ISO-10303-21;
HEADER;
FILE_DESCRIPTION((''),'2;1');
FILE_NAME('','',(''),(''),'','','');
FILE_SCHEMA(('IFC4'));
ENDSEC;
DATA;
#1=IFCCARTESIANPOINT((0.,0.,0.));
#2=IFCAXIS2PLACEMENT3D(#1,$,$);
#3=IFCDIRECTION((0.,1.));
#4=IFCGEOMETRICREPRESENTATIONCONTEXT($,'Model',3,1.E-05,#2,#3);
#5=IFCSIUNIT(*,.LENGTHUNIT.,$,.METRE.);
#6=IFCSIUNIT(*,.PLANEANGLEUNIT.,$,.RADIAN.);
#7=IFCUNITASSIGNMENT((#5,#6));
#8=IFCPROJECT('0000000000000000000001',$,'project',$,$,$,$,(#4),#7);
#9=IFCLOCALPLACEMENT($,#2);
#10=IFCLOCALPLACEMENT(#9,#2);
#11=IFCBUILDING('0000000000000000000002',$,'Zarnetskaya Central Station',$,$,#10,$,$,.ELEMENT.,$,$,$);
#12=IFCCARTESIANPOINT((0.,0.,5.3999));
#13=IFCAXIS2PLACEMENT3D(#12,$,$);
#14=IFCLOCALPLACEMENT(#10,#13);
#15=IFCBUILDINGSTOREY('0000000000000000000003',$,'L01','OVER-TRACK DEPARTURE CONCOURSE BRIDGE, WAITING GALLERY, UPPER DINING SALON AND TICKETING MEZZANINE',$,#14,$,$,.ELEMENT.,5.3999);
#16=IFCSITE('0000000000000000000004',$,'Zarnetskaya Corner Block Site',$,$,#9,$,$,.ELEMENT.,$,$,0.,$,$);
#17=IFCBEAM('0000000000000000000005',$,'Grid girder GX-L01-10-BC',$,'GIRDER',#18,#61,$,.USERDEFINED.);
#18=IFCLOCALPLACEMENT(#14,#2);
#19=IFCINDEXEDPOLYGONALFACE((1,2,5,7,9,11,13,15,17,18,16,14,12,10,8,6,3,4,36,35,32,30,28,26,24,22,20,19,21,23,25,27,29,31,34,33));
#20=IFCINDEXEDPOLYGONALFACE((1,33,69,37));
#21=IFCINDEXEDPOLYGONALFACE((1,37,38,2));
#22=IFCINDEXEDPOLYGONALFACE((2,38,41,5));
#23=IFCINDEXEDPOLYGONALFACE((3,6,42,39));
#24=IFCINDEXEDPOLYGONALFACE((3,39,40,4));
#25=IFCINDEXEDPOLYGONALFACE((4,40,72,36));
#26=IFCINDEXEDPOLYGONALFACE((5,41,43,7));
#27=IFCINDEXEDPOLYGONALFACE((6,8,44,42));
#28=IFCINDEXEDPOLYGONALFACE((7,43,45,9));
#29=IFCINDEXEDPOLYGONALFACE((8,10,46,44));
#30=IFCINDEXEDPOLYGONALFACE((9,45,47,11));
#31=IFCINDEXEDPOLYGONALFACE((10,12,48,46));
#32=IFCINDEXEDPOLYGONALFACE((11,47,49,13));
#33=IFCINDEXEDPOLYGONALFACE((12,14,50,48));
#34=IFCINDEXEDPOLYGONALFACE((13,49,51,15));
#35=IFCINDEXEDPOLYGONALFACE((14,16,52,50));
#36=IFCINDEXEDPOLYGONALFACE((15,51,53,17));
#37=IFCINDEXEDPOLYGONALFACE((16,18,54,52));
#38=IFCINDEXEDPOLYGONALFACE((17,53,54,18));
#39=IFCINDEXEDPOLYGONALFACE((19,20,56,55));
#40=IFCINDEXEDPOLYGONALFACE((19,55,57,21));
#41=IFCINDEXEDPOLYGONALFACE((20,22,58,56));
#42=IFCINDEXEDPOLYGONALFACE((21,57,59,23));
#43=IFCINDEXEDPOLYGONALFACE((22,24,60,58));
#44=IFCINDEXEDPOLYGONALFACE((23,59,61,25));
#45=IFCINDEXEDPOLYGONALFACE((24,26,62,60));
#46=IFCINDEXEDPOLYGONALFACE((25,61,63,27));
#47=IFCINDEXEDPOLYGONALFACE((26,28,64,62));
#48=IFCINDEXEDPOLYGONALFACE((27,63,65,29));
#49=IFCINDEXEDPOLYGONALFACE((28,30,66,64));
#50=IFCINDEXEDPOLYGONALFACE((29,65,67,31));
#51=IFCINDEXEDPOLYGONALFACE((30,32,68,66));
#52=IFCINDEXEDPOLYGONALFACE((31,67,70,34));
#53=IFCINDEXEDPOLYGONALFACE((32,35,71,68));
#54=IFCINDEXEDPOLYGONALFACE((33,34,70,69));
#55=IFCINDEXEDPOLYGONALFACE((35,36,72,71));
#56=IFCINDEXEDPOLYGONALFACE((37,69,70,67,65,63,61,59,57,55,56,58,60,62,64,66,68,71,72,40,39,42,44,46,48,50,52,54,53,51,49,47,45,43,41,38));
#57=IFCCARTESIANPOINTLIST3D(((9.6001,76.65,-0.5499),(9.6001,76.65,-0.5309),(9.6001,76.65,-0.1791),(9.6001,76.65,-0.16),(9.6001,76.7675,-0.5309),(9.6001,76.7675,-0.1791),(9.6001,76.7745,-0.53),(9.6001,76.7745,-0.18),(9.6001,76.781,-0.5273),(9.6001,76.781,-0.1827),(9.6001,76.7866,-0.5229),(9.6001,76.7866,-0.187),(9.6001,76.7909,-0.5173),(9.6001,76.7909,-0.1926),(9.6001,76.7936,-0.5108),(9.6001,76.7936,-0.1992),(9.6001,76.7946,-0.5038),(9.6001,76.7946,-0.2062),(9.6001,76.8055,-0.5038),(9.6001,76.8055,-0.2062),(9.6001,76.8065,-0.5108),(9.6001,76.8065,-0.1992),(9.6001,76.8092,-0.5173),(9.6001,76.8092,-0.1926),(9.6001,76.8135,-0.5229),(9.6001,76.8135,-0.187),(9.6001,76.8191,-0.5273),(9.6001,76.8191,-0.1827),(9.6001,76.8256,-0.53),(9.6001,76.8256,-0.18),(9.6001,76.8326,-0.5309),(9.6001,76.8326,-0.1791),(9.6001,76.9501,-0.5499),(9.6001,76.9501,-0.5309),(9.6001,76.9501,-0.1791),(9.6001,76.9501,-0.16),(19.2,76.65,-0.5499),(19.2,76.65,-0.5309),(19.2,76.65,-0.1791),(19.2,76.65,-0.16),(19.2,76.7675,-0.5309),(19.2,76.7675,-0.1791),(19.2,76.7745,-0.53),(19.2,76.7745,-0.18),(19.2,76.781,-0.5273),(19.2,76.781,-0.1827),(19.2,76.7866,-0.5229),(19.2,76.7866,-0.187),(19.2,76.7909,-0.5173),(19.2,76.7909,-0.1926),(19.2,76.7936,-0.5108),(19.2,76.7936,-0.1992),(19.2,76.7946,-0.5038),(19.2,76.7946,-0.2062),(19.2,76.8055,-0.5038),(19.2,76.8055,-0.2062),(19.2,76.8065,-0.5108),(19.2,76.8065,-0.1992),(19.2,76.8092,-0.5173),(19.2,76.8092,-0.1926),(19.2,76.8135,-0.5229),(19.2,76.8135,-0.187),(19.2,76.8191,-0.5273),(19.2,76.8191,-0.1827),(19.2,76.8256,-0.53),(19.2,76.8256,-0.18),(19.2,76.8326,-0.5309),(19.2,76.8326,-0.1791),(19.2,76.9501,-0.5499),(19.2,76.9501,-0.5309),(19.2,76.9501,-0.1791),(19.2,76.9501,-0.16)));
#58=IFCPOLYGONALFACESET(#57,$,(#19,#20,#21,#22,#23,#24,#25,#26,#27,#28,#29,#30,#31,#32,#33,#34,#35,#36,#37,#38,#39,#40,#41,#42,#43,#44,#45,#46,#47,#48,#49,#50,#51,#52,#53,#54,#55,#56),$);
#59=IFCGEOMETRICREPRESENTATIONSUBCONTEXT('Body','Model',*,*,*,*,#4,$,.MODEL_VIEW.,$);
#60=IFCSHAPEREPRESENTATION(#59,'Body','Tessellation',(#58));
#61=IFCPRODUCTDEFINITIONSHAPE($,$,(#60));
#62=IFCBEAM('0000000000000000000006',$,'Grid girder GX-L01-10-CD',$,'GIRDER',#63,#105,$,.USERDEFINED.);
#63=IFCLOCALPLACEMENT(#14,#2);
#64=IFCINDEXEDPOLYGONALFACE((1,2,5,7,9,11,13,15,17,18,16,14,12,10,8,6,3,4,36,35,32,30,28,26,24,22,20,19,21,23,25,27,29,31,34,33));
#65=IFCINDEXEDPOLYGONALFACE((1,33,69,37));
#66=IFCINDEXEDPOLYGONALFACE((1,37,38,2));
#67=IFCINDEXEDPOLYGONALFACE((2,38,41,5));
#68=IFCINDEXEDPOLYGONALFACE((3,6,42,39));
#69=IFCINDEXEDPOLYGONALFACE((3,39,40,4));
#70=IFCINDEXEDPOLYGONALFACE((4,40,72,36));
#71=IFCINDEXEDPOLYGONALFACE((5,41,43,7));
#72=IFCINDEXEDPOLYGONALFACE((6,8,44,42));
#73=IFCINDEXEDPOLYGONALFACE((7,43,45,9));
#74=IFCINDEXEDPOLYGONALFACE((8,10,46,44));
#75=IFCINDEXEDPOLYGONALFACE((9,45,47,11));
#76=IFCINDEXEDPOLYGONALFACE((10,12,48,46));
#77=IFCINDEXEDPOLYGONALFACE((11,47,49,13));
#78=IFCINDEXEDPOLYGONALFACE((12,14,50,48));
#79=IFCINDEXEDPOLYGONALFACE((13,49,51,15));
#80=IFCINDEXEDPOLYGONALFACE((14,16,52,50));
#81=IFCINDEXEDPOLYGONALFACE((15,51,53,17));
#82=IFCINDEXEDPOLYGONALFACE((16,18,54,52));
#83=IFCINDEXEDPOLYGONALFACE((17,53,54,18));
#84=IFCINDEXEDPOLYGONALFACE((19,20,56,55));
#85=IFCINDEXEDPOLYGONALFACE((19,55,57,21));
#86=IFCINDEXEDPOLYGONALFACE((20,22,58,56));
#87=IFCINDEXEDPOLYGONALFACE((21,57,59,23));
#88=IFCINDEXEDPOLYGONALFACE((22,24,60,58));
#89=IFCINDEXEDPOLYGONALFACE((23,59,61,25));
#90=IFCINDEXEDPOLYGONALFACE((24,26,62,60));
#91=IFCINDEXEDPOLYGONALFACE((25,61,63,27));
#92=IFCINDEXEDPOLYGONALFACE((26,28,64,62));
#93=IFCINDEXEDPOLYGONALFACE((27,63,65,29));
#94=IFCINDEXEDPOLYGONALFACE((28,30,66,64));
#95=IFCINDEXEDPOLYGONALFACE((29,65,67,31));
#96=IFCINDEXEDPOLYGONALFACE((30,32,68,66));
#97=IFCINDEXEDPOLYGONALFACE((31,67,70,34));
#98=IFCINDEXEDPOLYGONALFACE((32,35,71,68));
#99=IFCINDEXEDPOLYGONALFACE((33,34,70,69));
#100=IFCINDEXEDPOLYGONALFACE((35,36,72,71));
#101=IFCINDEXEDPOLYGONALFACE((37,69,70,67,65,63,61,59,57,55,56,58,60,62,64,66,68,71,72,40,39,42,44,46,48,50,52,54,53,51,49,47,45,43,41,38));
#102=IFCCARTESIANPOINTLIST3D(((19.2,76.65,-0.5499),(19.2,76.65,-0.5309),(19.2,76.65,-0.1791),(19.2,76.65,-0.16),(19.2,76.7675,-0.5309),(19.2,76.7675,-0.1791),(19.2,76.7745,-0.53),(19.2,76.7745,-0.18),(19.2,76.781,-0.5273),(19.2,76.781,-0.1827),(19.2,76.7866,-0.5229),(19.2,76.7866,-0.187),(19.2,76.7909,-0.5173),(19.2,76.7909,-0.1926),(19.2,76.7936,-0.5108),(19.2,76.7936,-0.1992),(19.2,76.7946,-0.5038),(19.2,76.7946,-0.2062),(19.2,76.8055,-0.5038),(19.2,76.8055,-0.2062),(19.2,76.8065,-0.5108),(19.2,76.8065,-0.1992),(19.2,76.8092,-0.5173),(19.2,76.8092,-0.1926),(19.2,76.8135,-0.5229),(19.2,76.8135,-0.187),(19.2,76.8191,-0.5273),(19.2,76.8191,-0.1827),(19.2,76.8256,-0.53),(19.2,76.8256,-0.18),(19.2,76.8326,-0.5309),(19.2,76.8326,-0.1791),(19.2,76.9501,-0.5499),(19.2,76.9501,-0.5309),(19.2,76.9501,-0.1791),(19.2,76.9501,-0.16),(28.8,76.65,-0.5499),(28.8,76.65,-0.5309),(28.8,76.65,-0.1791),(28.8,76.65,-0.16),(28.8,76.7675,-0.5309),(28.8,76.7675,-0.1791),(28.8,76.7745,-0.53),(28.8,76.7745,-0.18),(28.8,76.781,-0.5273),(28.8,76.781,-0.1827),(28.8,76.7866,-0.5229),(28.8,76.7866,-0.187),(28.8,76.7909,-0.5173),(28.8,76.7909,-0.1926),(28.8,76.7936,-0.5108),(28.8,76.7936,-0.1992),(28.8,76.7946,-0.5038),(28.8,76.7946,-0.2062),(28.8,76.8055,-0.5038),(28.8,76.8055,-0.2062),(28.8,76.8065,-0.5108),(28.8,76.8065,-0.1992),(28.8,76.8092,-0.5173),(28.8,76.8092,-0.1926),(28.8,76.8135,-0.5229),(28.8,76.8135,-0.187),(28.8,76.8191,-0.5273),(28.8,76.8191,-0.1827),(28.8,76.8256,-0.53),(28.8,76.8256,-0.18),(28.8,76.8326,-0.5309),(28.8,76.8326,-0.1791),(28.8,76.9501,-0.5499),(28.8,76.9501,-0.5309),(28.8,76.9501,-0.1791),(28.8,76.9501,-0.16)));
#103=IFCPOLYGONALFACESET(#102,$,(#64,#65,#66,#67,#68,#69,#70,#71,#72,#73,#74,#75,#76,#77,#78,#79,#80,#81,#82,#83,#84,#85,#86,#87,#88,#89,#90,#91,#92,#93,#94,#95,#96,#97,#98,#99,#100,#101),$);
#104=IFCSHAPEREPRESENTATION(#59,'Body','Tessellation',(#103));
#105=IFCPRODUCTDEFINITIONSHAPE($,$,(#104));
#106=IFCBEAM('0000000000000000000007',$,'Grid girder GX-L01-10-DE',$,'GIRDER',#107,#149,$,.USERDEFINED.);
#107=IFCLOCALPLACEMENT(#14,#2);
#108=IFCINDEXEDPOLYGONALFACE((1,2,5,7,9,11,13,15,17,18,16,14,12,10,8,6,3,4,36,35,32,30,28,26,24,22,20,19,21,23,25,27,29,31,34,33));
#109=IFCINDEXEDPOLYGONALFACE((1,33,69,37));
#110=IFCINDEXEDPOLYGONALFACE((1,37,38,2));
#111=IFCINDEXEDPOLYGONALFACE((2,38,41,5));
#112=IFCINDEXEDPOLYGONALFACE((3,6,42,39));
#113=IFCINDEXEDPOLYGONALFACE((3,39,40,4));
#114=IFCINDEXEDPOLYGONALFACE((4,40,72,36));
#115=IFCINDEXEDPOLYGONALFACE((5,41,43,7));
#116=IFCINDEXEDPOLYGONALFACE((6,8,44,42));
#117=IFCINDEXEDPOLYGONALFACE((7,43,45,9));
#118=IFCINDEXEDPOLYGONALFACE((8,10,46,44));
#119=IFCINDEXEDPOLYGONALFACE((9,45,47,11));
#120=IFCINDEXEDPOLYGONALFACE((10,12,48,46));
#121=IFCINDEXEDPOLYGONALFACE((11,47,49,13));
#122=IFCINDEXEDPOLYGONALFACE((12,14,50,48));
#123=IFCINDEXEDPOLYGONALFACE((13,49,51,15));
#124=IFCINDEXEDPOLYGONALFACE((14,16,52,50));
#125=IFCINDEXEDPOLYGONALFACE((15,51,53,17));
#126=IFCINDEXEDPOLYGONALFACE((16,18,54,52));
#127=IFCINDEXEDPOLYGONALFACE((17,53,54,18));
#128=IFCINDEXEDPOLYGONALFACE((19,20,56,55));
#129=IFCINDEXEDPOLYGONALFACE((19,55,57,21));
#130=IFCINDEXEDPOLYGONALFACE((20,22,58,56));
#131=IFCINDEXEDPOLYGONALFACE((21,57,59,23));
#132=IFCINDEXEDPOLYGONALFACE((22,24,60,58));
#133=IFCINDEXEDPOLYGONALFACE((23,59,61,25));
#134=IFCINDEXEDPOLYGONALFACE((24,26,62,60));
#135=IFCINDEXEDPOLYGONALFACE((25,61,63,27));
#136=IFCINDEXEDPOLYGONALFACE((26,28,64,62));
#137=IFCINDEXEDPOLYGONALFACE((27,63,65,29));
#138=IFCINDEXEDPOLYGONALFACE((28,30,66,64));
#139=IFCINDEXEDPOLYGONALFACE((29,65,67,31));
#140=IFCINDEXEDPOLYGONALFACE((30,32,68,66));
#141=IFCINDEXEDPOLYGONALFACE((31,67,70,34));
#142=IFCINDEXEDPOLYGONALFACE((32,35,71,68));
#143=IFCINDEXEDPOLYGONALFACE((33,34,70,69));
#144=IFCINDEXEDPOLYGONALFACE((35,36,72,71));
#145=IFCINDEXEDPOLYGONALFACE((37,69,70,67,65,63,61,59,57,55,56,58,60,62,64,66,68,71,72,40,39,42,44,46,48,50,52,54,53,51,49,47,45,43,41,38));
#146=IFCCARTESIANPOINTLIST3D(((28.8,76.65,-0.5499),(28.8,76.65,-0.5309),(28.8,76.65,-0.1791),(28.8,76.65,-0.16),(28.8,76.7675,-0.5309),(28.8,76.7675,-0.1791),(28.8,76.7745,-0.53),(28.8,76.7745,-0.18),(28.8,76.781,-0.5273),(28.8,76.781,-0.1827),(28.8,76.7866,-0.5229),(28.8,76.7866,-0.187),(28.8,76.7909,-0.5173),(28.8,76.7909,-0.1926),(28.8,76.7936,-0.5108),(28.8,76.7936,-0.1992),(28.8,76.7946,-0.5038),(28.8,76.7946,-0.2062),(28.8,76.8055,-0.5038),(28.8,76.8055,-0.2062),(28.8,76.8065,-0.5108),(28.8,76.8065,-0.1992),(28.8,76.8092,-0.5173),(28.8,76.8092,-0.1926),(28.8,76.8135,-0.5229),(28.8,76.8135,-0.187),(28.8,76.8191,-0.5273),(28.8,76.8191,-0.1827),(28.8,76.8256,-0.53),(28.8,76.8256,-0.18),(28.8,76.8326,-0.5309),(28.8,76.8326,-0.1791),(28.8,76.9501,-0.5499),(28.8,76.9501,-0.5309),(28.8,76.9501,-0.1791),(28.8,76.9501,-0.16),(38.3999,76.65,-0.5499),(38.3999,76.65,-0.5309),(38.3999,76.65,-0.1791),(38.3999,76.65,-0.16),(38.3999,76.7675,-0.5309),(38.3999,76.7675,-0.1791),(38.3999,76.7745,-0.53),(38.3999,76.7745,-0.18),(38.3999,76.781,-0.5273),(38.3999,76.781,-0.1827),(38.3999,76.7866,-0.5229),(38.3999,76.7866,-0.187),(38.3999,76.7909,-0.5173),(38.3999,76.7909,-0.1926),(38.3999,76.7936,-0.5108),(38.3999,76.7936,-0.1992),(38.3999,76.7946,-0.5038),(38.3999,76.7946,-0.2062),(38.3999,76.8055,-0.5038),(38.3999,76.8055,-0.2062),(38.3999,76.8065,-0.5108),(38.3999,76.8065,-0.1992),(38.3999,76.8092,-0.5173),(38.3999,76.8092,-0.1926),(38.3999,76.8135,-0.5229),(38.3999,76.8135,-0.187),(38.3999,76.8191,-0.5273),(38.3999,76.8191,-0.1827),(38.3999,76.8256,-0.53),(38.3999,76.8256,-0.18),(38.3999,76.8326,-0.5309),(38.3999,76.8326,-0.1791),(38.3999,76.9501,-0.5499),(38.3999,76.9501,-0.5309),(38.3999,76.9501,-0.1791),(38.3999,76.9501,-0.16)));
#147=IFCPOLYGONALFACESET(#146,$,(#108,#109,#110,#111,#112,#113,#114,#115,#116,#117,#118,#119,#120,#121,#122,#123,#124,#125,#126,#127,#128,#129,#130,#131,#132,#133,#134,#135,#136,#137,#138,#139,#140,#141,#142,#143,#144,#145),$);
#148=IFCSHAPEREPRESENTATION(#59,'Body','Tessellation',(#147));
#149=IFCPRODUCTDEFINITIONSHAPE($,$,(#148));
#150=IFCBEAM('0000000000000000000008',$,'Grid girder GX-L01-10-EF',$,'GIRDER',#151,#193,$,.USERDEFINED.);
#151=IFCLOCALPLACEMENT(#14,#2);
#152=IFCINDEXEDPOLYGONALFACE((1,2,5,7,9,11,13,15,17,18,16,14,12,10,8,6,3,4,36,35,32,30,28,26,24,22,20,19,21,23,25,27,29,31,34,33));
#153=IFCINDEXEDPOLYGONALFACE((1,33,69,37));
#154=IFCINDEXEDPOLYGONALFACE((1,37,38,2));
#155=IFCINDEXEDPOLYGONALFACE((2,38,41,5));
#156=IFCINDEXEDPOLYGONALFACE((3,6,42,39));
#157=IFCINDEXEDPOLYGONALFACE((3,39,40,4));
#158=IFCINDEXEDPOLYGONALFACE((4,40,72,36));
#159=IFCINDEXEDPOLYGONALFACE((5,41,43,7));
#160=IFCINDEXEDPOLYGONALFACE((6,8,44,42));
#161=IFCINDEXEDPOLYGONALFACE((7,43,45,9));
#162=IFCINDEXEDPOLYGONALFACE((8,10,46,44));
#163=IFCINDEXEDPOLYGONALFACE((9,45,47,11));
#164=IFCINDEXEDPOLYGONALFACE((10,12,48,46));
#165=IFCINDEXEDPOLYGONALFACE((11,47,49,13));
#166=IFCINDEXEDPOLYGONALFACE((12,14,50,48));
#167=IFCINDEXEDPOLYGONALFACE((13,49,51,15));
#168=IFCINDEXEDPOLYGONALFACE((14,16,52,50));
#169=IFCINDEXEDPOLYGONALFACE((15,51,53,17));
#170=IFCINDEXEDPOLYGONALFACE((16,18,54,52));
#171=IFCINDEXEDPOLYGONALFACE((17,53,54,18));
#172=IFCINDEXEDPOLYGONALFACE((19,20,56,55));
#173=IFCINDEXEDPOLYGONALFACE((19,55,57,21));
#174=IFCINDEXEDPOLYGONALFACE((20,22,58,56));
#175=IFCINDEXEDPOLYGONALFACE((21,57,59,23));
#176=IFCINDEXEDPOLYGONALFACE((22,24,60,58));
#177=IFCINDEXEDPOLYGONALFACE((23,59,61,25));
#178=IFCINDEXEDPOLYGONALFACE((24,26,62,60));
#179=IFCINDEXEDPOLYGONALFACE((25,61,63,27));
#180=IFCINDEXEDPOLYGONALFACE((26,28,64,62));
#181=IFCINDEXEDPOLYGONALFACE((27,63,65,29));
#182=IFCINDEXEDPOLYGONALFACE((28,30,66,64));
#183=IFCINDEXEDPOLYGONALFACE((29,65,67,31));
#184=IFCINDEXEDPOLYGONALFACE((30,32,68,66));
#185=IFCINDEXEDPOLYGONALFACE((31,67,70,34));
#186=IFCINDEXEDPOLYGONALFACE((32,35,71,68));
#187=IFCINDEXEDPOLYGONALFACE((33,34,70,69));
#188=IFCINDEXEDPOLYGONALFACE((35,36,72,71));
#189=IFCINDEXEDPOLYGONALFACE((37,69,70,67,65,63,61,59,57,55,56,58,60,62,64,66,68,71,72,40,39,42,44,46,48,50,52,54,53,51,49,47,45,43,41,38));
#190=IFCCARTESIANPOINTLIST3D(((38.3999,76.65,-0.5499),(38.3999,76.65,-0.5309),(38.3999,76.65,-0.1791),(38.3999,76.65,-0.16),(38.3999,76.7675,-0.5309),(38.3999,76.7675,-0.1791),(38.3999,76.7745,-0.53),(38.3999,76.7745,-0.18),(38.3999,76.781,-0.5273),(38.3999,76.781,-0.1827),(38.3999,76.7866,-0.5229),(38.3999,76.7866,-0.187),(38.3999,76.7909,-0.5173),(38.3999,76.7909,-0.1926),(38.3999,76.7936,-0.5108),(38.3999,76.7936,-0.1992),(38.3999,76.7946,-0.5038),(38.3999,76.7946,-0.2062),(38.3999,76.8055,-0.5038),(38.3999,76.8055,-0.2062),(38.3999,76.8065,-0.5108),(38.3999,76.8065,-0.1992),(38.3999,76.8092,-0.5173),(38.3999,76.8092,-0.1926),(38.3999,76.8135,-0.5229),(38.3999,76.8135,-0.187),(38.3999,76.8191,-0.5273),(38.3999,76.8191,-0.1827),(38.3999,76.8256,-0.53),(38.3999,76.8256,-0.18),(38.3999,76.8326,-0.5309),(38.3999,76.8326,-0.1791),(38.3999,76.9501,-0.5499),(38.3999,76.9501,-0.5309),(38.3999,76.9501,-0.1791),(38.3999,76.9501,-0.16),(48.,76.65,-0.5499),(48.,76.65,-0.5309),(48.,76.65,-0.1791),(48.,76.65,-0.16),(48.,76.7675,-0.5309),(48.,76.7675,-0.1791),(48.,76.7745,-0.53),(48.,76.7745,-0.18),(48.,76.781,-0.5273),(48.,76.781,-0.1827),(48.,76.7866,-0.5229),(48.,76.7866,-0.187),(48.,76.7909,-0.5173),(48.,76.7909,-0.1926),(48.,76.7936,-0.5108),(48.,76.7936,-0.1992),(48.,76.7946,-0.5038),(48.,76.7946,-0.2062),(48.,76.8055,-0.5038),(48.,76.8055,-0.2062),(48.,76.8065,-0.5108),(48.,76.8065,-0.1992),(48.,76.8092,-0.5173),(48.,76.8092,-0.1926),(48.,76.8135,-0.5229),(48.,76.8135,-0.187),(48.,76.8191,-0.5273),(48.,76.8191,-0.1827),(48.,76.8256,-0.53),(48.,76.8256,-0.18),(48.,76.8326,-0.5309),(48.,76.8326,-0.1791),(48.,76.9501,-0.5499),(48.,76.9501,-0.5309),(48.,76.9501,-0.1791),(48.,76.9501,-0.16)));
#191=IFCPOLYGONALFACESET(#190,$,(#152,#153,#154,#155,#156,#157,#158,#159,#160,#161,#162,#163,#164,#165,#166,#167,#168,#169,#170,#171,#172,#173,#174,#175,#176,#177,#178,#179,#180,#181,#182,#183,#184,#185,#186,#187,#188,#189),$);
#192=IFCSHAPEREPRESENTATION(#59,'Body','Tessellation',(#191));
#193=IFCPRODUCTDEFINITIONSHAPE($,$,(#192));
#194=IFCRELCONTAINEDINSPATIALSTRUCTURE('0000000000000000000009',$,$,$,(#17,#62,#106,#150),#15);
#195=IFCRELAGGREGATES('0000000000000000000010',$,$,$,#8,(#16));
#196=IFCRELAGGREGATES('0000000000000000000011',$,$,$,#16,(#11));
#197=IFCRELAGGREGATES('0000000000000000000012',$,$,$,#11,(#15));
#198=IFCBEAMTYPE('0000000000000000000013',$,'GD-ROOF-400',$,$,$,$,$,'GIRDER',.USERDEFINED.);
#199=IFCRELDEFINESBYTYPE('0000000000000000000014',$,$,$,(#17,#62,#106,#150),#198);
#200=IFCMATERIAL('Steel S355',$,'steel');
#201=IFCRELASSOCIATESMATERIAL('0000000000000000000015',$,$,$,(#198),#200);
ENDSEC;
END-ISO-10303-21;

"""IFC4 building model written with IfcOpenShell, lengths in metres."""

from ifc_helpers import new_model, si_unit, direction, frame, origin, origin_2d, place, context, subcontext, project, spatial, i_section, extrude, material, material_profile, profile_set, type_object, element, save


model = new_model("IFC4")

# Units and contexts
model_context = context("Model", 3, precision=1e-05, world=origin(), true_north=direction((0.0, 1.0)))
body_context = subcontext(model_context, "Body", "Model", "MODEL_VIEW")
ifc_project = project(units=[si_unit("LENGTHUNIT", "METRE"), si_unit("PLANEANGLEUNIT", "RADIAN")], contexts=[model_context])

# Site, building, storey
site_placement = place(None, origin())
site = spatial("IfcSite", under=ifc_project, at=site_placement, Name="Zarnetskaya Corner Block Site", CompositionType="ELEMENT", RefElevation=0.0)
building_placement = place(site_placement, origin())
building = spatial("IfcBuilding", under=site, at=building_placement, Name="Zarnetskaya Central Station", CompositionType="ELEMENT")
storey_placement = place(building_placement, frame((0.0, 0.0, 5.3999)))
storey = spatial("IfcBuildingStorey", under=building, at=storey_placement, Name="L01", Description="OVER-TRACK DEPARTURE CONCOURSE BRIDGE, WAITING GALLERY, UPPER DINING SALON AND TICKETING MEZZANINE", CompositionType="ELEMENT", Elevation=5.3999)

# Shared definitions
ifc_material_1 = material(Name="Steel S355", Category="steel")

# Beams
ifc_material_profile_1 = material_profile(ifc_material_1, i_section(OverallWidth=0.3, OverallDepth=0.3899, WebThickness=0.011, FlangeThickness=0.019, FilletRadius=0.0271, at=origin_2d()), Name="HEA 400")
ifc_profile_set_1 = profile_set([ifc_material_profile_1], Name="Steel S355")
beam_type_1 = type_object("IfcBeamType", Name="GD-ROOF-400", ElementType="GIRDER", PredefinedType="USERDEFINED", material=ifc_profile_set_1)
beam_1_placement = place(storey_placement, frame((9.6001, 76.8, -0.355), z_axis=(1.0, 0.0, 0.0), x_axis=(0.0, 1.0, 0.0)))
element("IfcBeam", 1, at=beam_1_placement, inside=storey, type_object=beam_type_1, Name="Grid girder GX-L01-10-BC", ObjectType="GIRDER", PredefinedType="USERDEFINED", context=body_context, shape_type="SweptSolid", body=[
    extrude(i_section(OverallWidth=0.3, OverallDepth=0.3899, WebThickness=0.011, FlangeThickness=0.019, FilletRadius=0.0271, at=origin_2d()), origin(), (0.0, 0.0, 1.0), 9.5999),
])
beam_2_placement = place(storey_placement, frame((19.2, 76.8, -0.355), z_axis=(1.0, 0.0, 0.0), x_axis=(0.0, 1.0, 0.0)))
element("IfcBeam", 2, at=beam_2_placement, inside=storey, type_object=beam_type_1, Name="Grid girder GX-L01-10-CD", ObjectType="GIRDER", PredefinedType="USERDEFINED", context=body_context, shape_type="SweptSolid", body=[
    extrude(i_section(OverallWidth=0.3, OverallDepth=0.3899, WebThickness=0.011, FlangeThickness=0.019, FilletRadius=0.0271, at=origin_2d()), origin(), (0.0, 0.0, 1.0), 9.6001),
])
beam_3_placement = place(storey_placement, frame((28.8, 76.8, -0.355), z_axis=(1.0, 0.0, 0.0), x_axis=(0.0, 1.0, 0.0)))
element("IfcBeam", 3, at=beam_3_placement, inside=storey, type_object=beam_type_1, Name="Grid girder GX-L01-10-DE", ObjectType="GIRDER", PredefinedType="USERDEFINED", context=body_context, shape_type="SweptSolid", body=[
    extrude(i_section(OverallWidth=0.3, OverallDepth=0.3899, WebThickness=0.011, FlangeThickness=0.019, FilletRadius=0.0271, at=origin_2d()), origin(), (0.0, 0.0, 1.0), 9.5999),
])
beam_4_placement = place(storey_placement, frame((38.3999, 76.8, -0.355), z_axis=(1.0, 0.0, 0.0), x_axis=(0.0, 1.0, 0.0)))
element("IfcBeam", 4, at=beam_4_placement, inside=storey, type_object=beam_type_1, Name="Grid girder GX-L01-10-EF", ObjectType="GIRDER", PredefinedType="USERDEFINED", context=body_context, shape_type="SweptSolid", body=[
    extrude(i_section(OverallWidth=0.3, OverallDepth=0.3899, WebThickness=0.011, FlangeThickness=0.019, FilletRadius=0.0271, at=origin_2d()), origin(), (0.0, 0.0, 1.0), 9.6001),
])

save(model, "model.ifc")
